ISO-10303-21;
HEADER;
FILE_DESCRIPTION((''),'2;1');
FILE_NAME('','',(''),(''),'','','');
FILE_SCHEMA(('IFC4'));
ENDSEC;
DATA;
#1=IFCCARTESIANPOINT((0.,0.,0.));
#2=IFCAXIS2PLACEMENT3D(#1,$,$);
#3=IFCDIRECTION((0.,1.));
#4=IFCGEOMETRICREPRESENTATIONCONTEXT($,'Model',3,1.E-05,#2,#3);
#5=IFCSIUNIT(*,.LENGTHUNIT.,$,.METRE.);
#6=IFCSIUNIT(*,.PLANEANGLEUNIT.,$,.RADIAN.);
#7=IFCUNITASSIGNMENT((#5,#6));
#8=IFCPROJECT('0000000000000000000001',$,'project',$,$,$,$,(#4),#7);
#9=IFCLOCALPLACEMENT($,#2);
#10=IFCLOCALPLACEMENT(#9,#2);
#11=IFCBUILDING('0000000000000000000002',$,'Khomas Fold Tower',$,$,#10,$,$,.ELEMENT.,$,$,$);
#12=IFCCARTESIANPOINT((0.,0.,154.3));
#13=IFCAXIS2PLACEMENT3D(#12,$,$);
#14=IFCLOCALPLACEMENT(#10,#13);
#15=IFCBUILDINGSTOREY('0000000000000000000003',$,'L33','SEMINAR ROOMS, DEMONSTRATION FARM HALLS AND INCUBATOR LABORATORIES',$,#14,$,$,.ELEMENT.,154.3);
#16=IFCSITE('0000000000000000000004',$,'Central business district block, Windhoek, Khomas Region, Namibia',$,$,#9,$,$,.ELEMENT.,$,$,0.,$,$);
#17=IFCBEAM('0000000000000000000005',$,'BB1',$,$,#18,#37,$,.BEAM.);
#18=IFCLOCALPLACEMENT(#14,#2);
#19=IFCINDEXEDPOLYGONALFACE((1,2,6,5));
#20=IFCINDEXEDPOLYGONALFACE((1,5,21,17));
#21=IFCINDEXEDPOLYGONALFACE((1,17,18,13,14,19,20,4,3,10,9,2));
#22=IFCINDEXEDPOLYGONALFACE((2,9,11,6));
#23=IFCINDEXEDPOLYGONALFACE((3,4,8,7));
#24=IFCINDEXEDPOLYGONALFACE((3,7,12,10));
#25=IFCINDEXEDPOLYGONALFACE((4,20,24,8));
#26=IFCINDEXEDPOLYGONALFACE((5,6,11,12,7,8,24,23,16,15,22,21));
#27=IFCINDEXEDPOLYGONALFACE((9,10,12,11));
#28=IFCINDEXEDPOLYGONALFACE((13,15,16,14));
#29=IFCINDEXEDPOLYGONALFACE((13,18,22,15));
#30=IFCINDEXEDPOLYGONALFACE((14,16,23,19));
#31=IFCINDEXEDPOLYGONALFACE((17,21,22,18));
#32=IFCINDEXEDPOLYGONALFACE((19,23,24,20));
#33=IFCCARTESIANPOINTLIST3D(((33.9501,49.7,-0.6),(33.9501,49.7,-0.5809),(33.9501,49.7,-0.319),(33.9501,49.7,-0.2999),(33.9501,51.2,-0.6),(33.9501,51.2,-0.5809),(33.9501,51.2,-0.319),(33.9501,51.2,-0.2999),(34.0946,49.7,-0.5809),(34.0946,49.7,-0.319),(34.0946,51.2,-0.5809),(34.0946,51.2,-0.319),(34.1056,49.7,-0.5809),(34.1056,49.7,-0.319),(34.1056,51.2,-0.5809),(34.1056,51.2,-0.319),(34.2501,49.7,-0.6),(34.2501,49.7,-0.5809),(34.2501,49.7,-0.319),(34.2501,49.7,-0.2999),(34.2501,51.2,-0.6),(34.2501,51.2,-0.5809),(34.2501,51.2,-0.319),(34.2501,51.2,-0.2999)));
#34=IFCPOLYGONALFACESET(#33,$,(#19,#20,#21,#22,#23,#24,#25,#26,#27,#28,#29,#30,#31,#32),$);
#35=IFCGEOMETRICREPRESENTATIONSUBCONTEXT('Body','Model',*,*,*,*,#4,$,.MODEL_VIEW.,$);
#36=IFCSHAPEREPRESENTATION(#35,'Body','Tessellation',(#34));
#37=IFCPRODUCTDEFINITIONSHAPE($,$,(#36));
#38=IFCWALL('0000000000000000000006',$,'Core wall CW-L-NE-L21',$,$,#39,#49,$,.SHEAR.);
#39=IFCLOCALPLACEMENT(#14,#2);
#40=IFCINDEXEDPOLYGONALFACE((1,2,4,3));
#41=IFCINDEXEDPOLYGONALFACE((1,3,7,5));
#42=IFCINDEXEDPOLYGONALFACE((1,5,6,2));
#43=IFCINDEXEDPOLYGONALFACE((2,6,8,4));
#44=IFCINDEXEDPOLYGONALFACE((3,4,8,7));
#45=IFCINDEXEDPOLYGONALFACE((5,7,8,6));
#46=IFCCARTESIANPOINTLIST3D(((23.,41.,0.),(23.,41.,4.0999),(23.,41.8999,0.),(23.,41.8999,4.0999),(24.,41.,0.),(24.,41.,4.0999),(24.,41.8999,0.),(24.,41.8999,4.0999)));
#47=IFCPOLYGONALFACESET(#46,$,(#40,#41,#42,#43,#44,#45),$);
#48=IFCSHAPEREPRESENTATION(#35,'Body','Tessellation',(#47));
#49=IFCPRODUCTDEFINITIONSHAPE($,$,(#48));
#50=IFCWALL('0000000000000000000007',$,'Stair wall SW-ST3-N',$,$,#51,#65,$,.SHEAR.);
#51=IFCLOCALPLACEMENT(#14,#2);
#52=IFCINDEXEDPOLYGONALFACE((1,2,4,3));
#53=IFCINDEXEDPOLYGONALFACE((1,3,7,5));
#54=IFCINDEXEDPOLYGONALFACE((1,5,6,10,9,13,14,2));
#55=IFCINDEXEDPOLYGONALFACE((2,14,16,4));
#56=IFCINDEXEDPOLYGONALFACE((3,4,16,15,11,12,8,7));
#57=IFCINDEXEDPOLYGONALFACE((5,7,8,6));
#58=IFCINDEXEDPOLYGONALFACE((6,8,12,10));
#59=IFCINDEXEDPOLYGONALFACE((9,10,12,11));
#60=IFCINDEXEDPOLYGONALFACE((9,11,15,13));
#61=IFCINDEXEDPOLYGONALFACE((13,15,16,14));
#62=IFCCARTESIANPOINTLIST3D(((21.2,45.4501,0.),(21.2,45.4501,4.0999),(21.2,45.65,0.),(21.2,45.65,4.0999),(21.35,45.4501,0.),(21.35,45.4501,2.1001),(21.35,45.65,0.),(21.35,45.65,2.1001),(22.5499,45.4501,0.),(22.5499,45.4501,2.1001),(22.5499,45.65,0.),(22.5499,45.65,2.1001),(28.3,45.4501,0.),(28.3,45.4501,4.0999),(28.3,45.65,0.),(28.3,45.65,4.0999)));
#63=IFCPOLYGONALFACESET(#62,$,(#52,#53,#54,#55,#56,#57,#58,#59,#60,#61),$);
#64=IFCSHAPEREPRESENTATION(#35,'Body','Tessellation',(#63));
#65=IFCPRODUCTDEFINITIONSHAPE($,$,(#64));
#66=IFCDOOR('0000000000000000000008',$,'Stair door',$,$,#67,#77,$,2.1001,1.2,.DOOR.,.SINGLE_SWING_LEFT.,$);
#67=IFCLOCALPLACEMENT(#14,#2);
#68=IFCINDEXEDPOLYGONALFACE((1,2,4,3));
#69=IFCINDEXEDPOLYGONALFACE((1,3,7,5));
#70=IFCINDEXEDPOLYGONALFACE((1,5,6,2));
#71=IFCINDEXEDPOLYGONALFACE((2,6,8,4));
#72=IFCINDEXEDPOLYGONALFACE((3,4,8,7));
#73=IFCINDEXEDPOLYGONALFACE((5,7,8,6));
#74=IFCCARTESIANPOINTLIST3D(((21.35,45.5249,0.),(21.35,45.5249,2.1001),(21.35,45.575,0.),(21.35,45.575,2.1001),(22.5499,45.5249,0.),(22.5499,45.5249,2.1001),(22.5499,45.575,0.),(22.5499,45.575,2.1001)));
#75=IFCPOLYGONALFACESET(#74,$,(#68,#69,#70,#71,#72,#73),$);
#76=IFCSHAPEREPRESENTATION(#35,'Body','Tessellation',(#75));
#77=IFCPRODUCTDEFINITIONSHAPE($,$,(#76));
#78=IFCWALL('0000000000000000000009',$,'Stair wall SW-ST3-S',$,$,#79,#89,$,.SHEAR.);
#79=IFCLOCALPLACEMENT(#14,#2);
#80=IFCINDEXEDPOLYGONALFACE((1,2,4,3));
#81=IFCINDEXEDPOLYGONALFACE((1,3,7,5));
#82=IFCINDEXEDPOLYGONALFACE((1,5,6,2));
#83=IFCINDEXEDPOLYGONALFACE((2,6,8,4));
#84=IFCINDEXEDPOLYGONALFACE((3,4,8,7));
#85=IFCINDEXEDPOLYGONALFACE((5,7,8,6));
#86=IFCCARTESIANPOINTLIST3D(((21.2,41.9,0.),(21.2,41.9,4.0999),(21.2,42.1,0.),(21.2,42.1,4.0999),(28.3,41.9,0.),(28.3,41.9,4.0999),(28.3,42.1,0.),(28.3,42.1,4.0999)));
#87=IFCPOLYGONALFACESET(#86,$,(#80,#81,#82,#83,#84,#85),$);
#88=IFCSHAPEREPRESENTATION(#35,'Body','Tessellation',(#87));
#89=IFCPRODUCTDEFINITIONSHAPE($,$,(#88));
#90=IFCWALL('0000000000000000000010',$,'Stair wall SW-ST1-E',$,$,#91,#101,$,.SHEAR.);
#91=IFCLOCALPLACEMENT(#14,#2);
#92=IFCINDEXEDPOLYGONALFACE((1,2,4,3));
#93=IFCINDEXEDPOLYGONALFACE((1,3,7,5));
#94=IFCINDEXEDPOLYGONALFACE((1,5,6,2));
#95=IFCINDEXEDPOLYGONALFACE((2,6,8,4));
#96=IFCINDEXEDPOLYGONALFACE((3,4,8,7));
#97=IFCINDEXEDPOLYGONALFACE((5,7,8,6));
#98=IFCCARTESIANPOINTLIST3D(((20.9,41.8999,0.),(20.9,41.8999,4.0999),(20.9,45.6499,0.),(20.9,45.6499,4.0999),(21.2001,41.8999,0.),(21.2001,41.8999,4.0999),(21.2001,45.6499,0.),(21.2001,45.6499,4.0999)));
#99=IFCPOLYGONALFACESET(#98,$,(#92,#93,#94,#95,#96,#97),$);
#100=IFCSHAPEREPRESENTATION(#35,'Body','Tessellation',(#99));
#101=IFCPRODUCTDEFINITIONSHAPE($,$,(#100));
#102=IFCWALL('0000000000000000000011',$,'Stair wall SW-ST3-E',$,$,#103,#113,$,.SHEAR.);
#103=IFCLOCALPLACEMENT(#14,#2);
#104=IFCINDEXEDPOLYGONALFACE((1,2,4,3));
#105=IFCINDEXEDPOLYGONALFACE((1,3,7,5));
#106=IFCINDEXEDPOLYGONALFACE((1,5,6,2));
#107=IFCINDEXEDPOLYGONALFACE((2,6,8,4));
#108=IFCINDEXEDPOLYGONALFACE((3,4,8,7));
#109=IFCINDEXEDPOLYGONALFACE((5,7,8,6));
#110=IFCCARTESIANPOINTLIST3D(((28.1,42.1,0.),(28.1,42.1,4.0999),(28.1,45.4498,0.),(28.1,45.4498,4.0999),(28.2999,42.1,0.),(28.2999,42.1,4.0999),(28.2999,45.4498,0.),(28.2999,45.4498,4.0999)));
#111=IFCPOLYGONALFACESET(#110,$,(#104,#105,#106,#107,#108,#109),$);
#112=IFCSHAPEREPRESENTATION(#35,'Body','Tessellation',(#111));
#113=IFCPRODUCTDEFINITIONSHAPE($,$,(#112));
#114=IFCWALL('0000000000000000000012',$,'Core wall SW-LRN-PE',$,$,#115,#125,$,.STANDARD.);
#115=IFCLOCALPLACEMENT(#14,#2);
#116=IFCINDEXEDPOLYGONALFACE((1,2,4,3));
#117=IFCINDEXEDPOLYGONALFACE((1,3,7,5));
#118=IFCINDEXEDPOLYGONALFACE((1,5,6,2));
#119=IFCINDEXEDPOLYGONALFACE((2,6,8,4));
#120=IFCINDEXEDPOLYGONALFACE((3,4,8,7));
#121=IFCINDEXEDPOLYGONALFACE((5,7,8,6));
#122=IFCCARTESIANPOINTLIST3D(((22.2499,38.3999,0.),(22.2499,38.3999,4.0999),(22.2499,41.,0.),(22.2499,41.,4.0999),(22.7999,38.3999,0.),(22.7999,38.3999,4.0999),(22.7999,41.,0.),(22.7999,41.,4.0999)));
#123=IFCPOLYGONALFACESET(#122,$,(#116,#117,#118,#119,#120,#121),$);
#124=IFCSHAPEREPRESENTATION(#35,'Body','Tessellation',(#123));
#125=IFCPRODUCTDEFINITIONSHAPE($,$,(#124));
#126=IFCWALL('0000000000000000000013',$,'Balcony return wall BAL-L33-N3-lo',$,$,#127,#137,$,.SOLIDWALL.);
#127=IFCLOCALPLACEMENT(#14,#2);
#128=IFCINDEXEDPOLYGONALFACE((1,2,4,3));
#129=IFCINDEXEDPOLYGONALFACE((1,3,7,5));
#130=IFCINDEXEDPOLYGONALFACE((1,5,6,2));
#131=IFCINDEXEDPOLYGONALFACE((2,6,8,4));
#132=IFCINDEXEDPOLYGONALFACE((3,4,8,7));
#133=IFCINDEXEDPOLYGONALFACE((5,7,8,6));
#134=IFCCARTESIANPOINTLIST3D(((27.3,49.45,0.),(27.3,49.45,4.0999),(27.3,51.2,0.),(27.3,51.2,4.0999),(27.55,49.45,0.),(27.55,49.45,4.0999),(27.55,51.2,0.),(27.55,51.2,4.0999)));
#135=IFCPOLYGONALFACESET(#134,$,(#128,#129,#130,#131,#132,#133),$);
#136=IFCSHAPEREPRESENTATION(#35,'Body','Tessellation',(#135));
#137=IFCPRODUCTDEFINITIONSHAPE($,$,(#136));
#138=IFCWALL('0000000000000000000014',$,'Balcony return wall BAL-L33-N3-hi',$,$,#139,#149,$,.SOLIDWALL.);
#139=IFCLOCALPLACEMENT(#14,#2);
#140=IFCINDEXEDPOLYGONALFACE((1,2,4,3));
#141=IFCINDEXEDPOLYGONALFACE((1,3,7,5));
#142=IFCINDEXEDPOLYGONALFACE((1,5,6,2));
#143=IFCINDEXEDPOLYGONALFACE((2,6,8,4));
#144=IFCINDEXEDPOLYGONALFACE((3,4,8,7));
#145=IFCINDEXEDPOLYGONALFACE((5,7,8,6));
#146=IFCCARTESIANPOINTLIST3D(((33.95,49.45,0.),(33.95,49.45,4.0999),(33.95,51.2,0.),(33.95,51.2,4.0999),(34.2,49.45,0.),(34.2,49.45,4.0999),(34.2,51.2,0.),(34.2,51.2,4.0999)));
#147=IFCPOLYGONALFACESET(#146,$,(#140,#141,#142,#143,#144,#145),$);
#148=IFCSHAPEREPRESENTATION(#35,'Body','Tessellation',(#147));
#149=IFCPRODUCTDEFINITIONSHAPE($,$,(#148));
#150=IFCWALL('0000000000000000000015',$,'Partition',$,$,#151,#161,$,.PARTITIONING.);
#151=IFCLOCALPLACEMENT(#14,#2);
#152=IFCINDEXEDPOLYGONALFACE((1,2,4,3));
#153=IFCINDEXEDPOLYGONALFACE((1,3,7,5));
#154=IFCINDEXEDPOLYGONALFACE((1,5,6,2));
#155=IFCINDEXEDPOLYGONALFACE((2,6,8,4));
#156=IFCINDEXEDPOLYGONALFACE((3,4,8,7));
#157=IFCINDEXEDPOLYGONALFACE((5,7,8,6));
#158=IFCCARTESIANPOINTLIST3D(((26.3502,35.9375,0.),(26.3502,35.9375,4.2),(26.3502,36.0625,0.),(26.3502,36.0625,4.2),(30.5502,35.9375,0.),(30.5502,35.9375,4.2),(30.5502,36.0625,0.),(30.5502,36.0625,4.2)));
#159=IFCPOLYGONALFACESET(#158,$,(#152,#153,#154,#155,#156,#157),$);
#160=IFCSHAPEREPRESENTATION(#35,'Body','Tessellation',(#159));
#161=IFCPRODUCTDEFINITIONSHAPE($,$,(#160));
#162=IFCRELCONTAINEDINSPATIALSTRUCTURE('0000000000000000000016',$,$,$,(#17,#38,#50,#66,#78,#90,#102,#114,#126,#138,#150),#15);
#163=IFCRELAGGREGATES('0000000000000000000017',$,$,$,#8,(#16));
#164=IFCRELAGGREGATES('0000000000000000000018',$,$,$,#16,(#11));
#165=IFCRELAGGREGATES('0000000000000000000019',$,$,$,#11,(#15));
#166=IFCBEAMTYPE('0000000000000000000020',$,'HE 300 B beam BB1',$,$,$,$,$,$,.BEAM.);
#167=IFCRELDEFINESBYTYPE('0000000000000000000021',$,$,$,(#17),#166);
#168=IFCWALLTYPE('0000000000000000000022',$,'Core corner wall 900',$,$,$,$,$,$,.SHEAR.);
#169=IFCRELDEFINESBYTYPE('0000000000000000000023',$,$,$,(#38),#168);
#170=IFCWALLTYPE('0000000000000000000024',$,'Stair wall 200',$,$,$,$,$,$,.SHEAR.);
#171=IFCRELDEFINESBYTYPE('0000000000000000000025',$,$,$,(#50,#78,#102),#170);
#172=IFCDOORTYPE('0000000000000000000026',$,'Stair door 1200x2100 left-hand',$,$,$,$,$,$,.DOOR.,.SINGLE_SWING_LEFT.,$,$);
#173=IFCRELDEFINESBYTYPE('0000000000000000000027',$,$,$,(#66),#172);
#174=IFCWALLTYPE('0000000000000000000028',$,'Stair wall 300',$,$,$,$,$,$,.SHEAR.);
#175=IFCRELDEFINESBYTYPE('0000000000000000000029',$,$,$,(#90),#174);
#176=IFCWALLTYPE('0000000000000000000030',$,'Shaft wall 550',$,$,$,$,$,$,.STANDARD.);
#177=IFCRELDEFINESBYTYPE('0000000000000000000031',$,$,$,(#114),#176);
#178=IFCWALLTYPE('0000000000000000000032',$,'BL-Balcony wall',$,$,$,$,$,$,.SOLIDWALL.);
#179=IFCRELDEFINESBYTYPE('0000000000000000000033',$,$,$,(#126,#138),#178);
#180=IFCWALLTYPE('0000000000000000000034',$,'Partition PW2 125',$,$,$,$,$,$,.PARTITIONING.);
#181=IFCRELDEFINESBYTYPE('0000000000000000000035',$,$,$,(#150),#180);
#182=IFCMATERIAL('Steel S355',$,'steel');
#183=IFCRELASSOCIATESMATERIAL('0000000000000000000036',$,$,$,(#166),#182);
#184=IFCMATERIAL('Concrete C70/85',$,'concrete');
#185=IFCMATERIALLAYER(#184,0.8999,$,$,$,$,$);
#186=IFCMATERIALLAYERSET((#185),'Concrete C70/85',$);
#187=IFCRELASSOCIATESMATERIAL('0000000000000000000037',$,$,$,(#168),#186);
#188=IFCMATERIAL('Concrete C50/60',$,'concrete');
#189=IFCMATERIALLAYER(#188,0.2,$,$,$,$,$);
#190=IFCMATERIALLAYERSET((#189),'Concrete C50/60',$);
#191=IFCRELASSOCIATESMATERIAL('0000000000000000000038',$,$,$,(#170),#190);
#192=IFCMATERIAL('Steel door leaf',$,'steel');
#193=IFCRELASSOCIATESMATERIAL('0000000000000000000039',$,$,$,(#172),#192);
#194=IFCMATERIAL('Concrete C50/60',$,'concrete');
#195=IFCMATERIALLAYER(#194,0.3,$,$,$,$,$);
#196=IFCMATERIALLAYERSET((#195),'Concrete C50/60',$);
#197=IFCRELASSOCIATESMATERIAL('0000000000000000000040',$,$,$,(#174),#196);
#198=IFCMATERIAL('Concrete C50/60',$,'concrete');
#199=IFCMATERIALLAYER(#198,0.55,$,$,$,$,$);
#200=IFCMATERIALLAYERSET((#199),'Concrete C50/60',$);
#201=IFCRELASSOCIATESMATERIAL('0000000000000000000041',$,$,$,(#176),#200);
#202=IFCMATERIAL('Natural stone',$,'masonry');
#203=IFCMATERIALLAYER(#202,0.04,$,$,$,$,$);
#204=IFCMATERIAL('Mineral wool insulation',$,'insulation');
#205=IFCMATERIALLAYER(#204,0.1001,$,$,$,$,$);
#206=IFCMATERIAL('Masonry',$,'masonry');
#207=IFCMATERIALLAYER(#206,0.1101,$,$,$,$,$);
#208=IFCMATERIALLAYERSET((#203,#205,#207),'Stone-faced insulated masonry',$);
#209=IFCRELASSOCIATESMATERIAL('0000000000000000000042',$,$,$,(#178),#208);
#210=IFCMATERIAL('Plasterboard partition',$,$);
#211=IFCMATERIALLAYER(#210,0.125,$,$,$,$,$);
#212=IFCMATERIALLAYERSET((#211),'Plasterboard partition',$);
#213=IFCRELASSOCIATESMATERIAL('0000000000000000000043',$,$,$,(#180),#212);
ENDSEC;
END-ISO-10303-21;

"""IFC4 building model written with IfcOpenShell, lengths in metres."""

from ifc_helpers import new_model, si_unit, direction, frame, frame_2d, origin, origin_2d, place, context, subcontext, project, spatial, rectangle, i_section, extrude, source, transform, mapped, material, layer, layer_set, material_profile, profile_set, type_object, element, fill, save


model = new_model("IFC4")

# Units and contexts
model_context = context("Model", 3, precision=1e-05, world=origin(), true_north=direction((0.0, 1.0)))
body_context = subcontext(model_context, "Body", "Model", "MODEL_VIEW")
ifc_project = project(units=[si_unit("LENGTHUNIT", "METRE"), si_unit("PLANEANGLEUNIT", "RADIAN")], contexts=[model_context])

# Site, building, storey
site_placement = place(None, origin())
site = spatial("IfcSite", under=ifc_project, at=site_placement, Name="Central business district block, Windhoek, Khomas Region, Namibia", CompositionType="ELEMENT", RefElevation=0.0)
building_placement = place(site_placement, origin())
building = spatial("IfcBuilding", under=site, at=building_placement, Name="Khomas Fold Tower", CompositionType="ELEMENT")
storey_placement = place(building_placement, frame((0.0, 0.0, 154.3)))
storey = spatial("IfcBuildingStorey", under=building, at=storey_placement, Name="L33", Description="SEMINAR ROOMS, DEMONSTRATION FARM HALLS AND INCUBATOR LABORATORIES", CompositionType="ELEMENT", Elevation=154.3)

# Beam
ifc_material_1 = material(Name="Steel S355", Category="steel")
ifc_material_profile_1 = material_profile(ifc_material_1, i_section(OverallWidth=0.3, OverallDepth=0.3, WebThickness=0.011, FlangeThickness=0.019, at=origin_2d()), Name="HE 300 B")
ifc_profile_set_1 = profile_set([ifc_material_profile_1], Name="Steel S355")
beam_type_1 = type_object("IfcBeamType", Name="HE 300 B beam BB1", PredefinedType="BEAM", material=ifc_profile_set_1)
shared_shape_1 = source(origin(), body_context, "Body", "SweptSolid", [
    extrude(i_section(OverallWidth=0.3, OverallDepth=0.3, WebThickness=0.011, FlangeThickness=0.019, at=origin_2d()), origin(), (0.0, 0.0, 1.0), 1.5),
])
for number, where, z_axis, x_axis, name in (
    (1, (34.1001, 49.7, -0.45), (0.0, 1.0, 0.0), (-1.0, 0.0, 0.0), "BB1"),
):
    element("IfcBeam", number, at=place(storey_placement, frame(where, z_axis=z_axis, x_axis=x_axis)), inside=storey, type_object=beam_type_1, Name=name, PredefinedType="BEAM", context=body_context, shape_type="MappedRepresentation", body=[
        mapped(shared_shape_1, transform((0.0, 0.0, 0.0))),
    ])

# Wall
ifc_material_2 = material(Name="Concrete C70/85", Category="concrete")
ifc_layer_1 = layer(ifc_material_2, 0.8999)
ifc_layer_set_1 = layer_set([ifc_layer_1], Name="Concrete C70/85")
wall_type_1 = type_object("IfcWallType", Name="Core corner wall 900", PredefinedType="SHEAR", material=ifc_layer_set_1)
shared_shape_2 = source(origin(), body_context, "Body", "SweptSolid", [
    extrude(rectangle(XDim=1.0, YDim=0.8999, at=frame_2d((0.5, 0.0))), origin(), (0.0, 0.0, 1.0), 4.0999),
])
wall_1_placement = place(storey_placement, frame((23.0, 41.45, 0.0), z_axis=(0.0, 0.0, 1.0), x_axis=(1.0, 0.0, 0.0)))
element("IfcWall", 2, at=wall_1_placement, inside=storey, type_object=wall_type_1, Name="Core wall CW-L-NE-L21", PredefinedType="SHEAR", context=body_context, shape_type="MappedRepresentation", body=[
    mapped(shared_shape_2, transform((0.0, 0.0, 0.0))),
])

# Wall, opening, door
ifc_material_3 = material(Name="Concrete C50/60", Category="concrete")
ifc_layer_2 = layer(ifc_material_3, 0.2)
ifc_layer_set_2 = layer_set([ifc_layer_2], Name="Concrete C50/60")
wall_type_2 = type_object("IfcWallType", Name="Stair wall 200", PredefinedType="SHEAR", material=ifc_layer_set_2)
shared_shape_3 = source(origin(), body_context, "Body", "SweptSolid", [
    extrude(rectangle(XDim=7.1001, YDim=0.2, at=frame_2d((3.55, 0.0))), origin(), (0.0, 0.0, 1.0), 4.0999),
])
wall_2_placement = place(storey_placement, frame((21.2, 45.55, 0.0), z_axis=(0.0, 0.0, 1.0), x_axis=(1.0, 0.0, 0.0)))
wall_2 = element("IfcWall", 3, at=wall_2_placement, inside=storey, type_object=wall_type_2, Name="Stair wall SW-ST3-N", PredefinedType="SHEAR", context=body_context, shape_type="MappedRepresentation", body=[
    mapped(shared_shape_3, transform((0.0, 0.0, 0.0))),
])
shared_shape_4 = source(origin(), body_context, "Body", "SweptSolid", [
    extrude(rectangle(XDim=1.2, YDim=2.1001, at=frame_2d((0.6001, 1.05))), frame((0.0, 0.1099, 0.0), z_axis=(0.0, -1.0, 0.0), x_axis=(1.0, 0.0, 0.0)), (0.0, 0.0, 1.0), 0.22),
])
opening_1_placement = place(wall_2_placement, frame((0.1499, 0.0, 0.0)))
opening_1 = element("IfcOpeningElement", 4, at=opening_1_placement, cuts=wall_2, PredefinedType="OPENING", context=body_context, shape_type="MappedRepresentation", body=[
    mapped(shared_shape_4, transform((0.0, 0.0, 0.0))),
])
ifc_material_4 = material(Name="Steel door leaf", Category="steel")
door_type_1 = type_object("IfcDoorType", Name="Stair door 1200x2100 left-hand", OperationType="SINGLE_SWING_LEFT", PredefinedType="DOOR", material=ifc_material_4)
shared_shape_5 = source(origin(), body_context, "Body", "SweptSolid", [
    extrude(rectangle(XDim=1.2, YDim=2.1001, at=frame_2d((0.6001, 1.05))), frame((0.0, 0.0249, 0.0), z_axis=(0.0, -1.0, 0.0), x_axis=(1.0, 0.0, 0.0)), (0.0, 0.0, 1.0), 0.05),
])
door_1_placement = place(opening_1_placement, origin())
door_1 = element("IfcDoor", 5, at=door_1_placement, inside=storey, type_object=door_type_1, Name="Stair door", OperationType="SINGLE_SWING_LEFT", OverallHeight=2.1001, OverallWidth=1.2, PredefinedType="DOOR", context=body_context, shape_type="MappedRepresentation", body=[
    mapped(shared_shape_5, transform((0.0, 0.0, 0.0))),
])
fill(opening_1, door_1)

# Walls
wall_3_placement = place(storey_placement, frame((21.2, 42.0, 0.0), z_axis=(0.0, 0.0, 1.0), x_axis=(1.0, 0.0, 0.0)))
element("IfcWall", 6, at=wall_3_placement, inside=storey, type_object=wall_type_2, Name="Stair wall SW-ST3-S", PredefinedType="SHEAR", context=body_context, shape_type="MappedRepresentation", body=[
    mapped(shared_shape_3, transform((0.0, 0.0, 0.0))),
])
ifc_material_5 = material(Name="Concrete C50/60", Category="concrete")
ifc_layer_3 = layer(ifc_material_5, 0.3)
ifc_layer_set_3 = layer_set([ifc_layer_3], Name="Concrete C50/60")
wall_type_3 = type_object("IfcWallType", Name="Stair wall 300", PredefinedType="SHEAR", material=ifc_layer_set_3)
shared_shape_6 = source(origin(), body_context, "Body", "SweptSolid", [
    extrude(rectangle(XDim=3.75, YDim=0.3, at=frame_2d((1.875, 0.0))), origin(), (0.0, 0.0, 1.0), 4.0999),
])
wall_4_placement = place(storey_placement, frame((21.05, 41.8999, 0.0), z_axis=(0.0, 0.0, 1.0), x_axis=(0.0, 1.0, 0.0)))
element("IfcWall", 7, at=wall_4_placement, inside=storey, type_object=wall_type_3, Name="Stair wall SW-ST1-E", PredefinedType="SHEAR", context=body_context, shape_type="MappedRepresentation", body=[
    mapped(shared_shape_6, transform((0.0, 0.0, 0.0))),
])
shared_shape_7 = source(origin(), body_context, "Body", "SweptSolid", [
    extrude(rectangle(XDim=3.3499, YDim=0.2, at=frame_2d((1.6748, 0.0))), origin(), (0.0, 0.0, 1.0), 4.0999),
])
wall_5_placement = place(storey_placement, frame((28.2, 42.1001, 0.0), z_axis=(0.0, 0.0, 1.0), x_axis=(0.0, 1.0, 0.0)))
element("IfcWall", 8, at=wall_5_placement, inside=storey, type_object=wall_type_2, Name="Stair wall SW-ST3-E", PredefinedType="SHEAR", context=body_context, shape_type="MappedRepresentation", body=[
    mapped(shared_shape_7, transform((0.0, 0.0, 0.0))),
])
ifc_material_6 = material(Name="Concrete C50/60", Category="concrete")
ifc_layer_4 = layer(ifc_material_6, 0.55)
ifc_layer_set_4 = layer_set([ifc_layer_4], Name="Concrete C50/60")
wall_type_4 = type_object("IfcWallType", Name="Shaft wall 550", PredefinedType="STANDARD", material=ifc_layer_set_4)
shared_shape_8 = source(origin(), body_context, "Body", "SweptSolid", [
    extrude(rectangle(XDim=2.6001, YDim=0.55, at=frame_2d((1.3, 0.0))), origin(), (0.0, 0.0, 1.0), 4.0999),
])
wall_6_placement = place(storey_placement, frame((22.5249, 38.3999, 0.0), z_axis=(0.0, 0.0, 1.0), x_axis=(0.0, 1.0, 0.0)))
element("IfcWall", 9, at=wall_6_placement, inside=storey, type_object=wall_type_4, Name="Core wall SW-LRN-PE", PredefinedType="STANDARD", context=body_context, shape_type="MappedRepresentation", body=[
    mapped(shared_shape_8, transform((0.0, 0.0, 0.0))),
])

# Shared definitions
ifc_material_7 = material(Name="Natural stone", Category="masonry")
ifc_layer_5 = layer(ifc_material_7, 0.04)
ifc_material_8 = material(Name="Mineral wool insulation", Category="insulation")
ifc_layer_6 = layer(ifc_material_8, 0.1001)
ifc_material_9 = material(Name="Masonry", Category="masonry")
ifc_layer_7 = layer(ifc_material_9, 0.1101)
ifc_layer_set_5 = layer_set([ifc_layer_5, ifc_layer_6, ifc_layer_7], Name="Stone-faced insulated masonry")
wall_type_5 = type_object("IfcWallType", Name="BL-Balcony wall", PredefinedType="SOLIDWALL", material=ifc_layer_set_5)

# Walls
shared_shape_9 = source(origin(), body_context, "Body", "SweptSolid", [
    extrude(rectangle(XDim=1.75, YDim=0.25, at=frame_2d((0.875, 0.0))), origin(), (0.0, 0.0, 1.0), 4.0999),
])
for number, where, z_axis, x_axis, name in (
    (10, (27.425, 51.2, 0.0), (0.0, 0.0, 1.0), (0.0, -1.0, 0.0), "Balcony return wall BAL-L33-N3-lo"),
    (11, (34.075, 51.2, 0.0), (0.0, 0.0, 1.0), (0.0, -1.0, 0.0), "Balcony return wall BAL-L33-N3-hi"),
):
    element("IfcWall", number, at=place(storey_placement, frame(where, z_axis=z_axis, x_axis=x_axis)), inside=storey, type_object=wall_type_5, Name=name, PredefinedType="SOLIDWALL", context=body_context, shape_type="MappedRepresentation", body=[
        mapped(shared_shape_9, transform((0.0, 0.0, 0.0))),
    ])
ifc_material_10 = material(Name="Plasterboard partition")
ifc_layer_8 = layer(ifc_material_10, 0.125)
ifc_layer_set_6 = layer_set([ifc_layer_8], Name="Plasterboard partition")
wall_type_6 = type_object("IfcWallType", Name="Partition PW2 125", PredefinedType="PARTITIONING", material=ifc_layer_set_6)
shared_shape_10 = source(origin(), body_context, "Body", "SweptSolid", [
    extrude(rectangle(XDim=4.2, YDim=0.125, at=frame_2d((2.1001, 0.0))), origin(), (0.0, 0.0, 1.0), 4.2),
])
wall_7_placement = place(storey_placement, frame((26.3501, 36.0, 0.0), z_axis=(0.0, 0.0, 1.0), x_axis=(1.0, 0.0, 0.0)))
element("IfcWall", 12, at=wall_7_placement, inside=storey, type_object=wall_type_6, Name="Partition", PredefinedType="PARTITIONING", context=body_context, shape_type="MappedRepresentation", body=[
    mapped(shared_shape_10, transform((0.0, 0.0, 0.0))),
])

save(model, "model.ifc")
